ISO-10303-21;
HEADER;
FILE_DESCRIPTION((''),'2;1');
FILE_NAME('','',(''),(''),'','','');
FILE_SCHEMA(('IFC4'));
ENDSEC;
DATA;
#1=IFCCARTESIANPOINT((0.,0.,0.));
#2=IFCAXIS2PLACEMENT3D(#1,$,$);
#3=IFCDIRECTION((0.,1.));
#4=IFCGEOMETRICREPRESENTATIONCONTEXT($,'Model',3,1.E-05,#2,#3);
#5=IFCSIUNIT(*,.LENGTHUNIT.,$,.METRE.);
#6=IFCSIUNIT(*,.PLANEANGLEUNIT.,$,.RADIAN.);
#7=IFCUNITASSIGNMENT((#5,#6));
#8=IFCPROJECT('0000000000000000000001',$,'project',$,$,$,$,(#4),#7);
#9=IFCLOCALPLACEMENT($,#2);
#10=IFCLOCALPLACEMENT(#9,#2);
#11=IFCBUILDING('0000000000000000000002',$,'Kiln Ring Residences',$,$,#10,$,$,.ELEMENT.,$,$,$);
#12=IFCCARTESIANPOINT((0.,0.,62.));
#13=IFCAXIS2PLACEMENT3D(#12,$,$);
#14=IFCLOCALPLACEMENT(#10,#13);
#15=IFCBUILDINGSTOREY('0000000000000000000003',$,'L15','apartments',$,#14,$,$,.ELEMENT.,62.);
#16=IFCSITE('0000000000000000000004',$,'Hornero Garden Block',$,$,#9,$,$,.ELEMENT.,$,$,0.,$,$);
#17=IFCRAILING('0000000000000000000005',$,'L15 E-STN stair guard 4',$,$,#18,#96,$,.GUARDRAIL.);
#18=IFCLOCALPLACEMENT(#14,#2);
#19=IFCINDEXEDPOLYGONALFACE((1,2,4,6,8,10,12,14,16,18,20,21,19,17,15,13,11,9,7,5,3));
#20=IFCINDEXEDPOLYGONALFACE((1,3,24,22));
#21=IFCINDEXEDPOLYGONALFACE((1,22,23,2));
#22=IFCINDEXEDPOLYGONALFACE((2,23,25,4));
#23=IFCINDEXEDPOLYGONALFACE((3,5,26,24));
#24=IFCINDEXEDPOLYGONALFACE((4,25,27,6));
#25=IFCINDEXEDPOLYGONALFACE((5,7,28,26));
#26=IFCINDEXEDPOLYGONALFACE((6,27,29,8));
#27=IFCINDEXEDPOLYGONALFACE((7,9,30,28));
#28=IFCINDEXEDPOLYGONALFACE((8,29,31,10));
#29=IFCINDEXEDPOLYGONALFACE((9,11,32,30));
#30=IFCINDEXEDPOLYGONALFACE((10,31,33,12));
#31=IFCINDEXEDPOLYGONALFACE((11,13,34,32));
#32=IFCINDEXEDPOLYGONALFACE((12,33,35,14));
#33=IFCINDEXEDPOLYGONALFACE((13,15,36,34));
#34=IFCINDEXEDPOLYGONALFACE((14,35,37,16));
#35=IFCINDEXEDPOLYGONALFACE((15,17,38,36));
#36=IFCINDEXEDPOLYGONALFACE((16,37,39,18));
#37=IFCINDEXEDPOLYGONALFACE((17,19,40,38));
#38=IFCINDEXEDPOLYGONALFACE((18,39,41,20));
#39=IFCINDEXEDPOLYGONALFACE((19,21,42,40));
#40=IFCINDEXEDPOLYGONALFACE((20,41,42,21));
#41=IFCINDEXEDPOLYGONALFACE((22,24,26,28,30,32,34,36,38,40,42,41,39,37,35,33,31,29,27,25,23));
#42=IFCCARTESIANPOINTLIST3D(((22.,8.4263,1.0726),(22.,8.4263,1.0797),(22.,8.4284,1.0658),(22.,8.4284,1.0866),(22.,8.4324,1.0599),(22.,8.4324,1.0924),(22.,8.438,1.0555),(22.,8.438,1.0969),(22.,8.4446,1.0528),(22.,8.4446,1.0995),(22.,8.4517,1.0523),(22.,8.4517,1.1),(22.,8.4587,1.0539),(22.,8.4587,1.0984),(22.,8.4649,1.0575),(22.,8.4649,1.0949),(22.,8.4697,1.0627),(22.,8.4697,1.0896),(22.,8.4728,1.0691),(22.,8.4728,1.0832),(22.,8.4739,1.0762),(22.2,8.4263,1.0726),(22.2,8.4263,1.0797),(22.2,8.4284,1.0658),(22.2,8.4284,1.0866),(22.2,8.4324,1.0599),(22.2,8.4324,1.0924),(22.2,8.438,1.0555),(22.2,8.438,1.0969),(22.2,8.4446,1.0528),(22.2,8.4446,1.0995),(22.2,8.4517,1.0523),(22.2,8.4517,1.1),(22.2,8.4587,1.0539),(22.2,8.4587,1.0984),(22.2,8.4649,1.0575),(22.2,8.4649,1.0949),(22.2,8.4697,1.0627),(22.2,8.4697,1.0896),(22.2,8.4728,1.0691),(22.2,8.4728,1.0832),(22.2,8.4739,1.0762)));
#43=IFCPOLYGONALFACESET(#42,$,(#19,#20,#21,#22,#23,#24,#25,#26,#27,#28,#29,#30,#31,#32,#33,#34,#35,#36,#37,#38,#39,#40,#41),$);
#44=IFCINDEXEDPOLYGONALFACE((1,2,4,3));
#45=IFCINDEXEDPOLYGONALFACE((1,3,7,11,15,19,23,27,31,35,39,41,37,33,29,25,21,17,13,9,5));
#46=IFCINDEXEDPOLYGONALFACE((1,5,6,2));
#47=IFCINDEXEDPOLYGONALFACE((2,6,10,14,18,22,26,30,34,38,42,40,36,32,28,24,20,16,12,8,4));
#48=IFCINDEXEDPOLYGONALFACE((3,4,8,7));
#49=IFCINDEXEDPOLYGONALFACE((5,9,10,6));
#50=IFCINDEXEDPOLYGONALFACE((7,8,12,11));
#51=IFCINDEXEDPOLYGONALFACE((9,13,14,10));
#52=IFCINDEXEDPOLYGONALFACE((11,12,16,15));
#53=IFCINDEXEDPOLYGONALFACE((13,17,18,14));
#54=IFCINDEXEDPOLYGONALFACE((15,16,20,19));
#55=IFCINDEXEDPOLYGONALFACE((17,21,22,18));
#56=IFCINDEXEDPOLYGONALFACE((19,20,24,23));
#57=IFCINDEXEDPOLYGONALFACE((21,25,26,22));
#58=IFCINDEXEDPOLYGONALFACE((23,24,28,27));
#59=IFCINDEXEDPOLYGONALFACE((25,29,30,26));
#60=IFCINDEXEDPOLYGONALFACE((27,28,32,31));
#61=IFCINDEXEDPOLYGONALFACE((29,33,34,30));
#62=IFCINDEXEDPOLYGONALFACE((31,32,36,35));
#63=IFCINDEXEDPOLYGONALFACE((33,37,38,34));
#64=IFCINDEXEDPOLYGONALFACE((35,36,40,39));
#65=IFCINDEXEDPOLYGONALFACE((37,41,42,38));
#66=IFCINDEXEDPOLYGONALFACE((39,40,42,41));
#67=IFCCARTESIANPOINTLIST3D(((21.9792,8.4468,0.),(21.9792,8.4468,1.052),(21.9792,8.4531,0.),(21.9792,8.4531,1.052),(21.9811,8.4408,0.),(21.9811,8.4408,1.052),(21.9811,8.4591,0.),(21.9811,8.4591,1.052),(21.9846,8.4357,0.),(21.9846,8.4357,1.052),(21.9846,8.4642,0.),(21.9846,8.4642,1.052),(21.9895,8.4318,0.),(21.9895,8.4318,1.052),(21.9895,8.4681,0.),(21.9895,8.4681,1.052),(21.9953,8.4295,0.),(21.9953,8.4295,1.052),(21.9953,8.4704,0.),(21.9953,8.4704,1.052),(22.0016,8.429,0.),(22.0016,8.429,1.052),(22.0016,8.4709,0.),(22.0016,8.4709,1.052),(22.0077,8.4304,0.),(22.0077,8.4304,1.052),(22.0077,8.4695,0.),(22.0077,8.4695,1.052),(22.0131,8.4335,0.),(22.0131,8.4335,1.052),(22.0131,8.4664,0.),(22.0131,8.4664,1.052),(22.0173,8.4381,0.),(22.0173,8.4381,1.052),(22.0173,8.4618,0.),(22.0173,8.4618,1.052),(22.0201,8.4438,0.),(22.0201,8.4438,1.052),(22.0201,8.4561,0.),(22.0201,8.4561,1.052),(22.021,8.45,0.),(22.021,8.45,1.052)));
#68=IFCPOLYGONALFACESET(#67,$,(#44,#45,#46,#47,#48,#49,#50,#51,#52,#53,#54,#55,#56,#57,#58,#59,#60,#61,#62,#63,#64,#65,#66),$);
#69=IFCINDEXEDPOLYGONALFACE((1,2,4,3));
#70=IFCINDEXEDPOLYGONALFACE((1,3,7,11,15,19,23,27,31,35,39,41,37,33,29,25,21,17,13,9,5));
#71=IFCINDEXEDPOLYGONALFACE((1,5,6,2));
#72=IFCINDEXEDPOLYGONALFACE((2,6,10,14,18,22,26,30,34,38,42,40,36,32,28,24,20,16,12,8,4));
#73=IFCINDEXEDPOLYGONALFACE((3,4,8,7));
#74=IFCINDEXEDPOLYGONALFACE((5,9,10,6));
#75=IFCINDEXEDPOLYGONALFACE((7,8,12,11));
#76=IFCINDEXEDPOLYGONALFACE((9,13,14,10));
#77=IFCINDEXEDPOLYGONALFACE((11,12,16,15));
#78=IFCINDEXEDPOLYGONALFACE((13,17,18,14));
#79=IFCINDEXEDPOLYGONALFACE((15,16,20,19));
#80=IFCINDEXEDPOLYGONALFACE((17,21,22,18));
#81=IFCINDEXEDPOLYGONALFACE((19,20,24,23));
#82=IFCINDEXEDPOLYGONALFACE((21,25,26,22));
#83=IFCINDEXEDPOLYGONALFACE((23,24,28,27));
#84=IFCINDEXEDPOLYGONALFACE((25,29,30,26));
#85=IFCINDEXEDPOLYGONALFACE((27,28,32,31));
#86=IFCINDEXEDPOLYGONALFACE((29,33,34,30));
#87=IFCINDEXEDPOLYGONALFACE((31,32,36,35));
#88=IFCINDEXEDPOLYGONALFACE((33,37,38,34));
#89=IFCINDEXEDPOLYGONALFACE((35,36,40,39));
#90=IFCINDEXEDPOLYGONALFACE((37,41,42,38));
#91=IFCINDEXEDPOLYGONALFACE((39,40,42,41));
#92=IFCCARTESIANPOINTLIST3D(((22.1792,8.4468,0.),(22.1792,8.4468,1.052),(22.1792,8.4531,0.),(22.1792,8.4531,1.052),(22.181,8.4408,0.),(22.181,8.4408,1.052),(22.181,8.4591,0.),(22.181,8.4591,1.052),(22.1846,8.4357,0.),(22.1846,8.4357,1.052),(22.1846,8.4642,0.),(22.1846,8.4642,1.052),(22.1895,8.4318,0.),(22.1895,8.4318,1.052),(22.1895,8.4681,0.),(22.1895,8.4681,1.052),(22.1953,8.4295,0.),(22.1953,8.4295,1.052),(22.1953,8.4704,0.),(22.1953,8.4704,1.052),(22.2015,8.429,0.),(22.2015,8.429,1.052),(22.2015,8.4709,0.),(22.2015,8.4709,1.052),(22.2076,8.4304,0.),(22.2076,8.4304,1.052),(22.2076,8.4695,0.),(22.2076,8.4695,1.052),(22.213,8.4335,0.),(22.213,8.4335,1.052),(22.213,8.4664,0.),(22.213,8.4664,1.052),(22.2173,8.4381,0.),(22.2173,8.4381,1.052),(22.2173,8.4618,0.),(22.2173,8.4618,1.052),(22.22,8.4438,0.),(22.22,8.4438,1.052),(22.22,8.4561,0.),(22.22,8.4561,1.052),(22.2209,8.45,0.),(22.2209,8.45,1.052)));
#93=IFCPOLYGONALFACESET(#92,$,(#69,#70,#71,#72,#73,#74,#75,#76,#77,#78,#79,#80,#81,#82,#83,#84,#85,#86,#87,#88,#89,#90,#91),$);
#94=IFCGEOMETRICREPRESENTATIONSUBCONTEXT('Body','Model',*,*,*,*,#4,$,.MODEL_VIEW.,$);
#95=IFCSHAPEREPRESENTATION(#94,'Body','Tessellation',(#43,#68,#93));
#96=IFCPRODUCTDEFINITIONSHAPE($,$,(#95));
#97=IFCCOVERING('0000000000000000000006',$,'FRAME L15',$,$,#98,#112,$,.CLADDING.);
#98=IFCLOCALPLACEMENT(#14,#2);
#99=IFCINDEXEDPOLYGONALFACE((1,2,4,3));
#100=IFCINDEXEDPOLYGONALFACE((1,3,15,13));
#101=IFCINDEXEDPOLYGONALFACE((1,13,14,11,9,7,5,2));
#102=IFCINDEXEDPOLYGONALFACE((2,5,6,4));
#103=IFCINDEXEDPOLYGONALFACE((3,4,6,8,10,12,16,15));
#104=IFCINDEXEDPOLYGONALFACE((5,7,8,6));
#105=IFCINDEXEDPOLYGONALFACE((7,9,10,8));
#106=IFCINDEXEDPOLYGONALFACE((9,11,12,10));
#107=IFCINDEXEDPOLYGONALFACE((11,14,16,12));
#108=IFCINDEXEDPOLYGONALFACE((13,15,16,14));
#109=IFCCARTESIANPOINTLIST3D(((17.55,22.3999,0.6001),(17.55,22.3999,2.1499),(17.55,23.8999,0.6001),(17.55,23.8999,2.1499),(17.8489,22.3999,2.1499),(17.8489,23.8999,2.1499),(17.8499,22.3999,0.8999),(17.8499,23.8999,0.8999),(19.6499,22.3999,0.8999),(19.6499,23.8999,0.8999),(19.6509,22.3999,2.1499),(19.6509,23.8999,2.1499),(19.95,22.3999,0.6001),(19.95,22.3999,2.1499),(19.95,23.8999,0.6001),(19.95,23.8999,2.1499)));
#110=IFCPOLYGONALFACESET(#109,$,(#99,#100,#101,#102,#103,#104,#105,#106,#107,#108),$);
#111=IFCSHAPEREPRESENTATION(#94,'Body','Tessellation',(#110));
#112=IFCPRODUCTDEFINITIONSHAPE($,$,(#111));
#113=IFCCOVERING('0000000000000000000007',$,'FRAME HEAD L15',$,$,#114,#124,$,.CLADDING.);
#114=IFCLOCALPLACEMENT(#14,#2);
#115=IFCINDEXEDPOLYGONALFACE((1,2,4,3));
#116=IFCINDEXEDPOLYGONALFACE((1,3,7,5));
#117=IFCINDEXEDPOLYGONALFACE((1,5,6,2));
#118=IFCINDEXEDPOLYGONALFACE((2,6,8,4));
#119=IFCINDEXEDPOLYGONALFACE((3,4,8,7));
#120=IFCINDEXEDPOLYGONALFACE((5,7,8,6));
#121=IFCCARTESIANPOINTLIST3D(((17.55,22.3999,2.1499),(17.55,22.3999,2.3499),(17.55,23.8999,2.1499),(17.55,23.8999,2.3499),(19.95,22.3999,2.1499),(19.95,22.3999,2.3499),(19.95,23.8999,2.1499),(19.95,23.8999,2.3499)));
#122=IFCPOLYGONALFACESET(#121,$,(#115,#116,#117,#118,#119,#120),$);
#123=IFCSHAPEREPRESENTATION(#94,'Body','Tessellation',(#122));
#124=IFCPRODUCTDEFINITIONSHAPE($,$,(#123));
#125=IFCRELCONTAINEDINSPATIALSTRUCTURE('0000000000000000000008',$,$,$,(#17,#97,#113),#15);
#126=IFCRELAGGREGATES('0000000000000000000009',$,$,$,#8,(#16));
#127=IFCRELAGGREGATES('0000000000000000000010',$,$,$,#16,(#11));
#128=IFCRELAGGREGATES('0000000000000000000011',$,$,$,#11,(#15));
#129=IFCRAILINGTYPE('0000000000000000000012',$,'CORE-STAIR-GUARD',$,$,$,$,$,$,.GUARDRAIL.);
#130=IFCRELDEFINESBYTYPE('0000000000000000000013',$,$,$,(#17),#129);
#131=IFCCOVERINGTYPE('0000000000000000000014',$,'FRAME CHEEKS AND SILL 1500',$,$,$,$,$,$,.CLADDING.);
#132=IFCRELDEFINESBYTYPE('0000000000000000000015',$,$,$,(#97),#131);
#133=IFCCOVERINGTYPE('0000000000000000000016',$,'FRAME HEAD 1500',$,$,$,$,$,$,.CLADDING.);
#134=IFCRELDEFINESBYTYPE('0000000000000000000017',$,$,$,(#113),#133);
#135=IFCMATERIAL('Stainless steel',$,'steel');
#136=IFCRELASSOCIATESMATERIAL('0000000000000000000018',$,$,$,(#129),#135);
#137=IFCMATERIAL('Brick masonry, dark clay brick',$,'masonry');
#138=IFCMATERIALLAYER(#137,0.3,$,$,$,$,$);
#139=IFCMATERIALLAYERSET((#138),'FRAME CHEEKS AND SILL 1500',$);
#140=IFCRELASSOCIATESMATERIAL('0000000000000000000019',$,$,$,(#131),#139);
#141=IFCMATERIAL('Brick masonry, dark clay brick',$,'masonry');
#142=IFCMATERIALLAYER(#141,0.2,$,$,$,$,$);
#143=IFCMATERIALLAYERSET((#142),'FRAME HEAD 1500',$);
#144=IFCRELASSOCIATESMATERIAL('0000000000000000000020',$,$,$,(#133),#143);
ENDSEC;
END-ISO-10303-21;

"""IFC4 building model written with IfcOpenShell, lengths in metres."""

from ifc_helpers import new_model, si_unit, direction, frame, origin, origin_2d, place, context, subcontext, project, spatial, polyline, rectangle, circle, outline, extrude, material, layer, layer_set, type_object, element, save


model = new_model("IFC4")

# Units and contexts
model_context = context("Model", 3, precision=1e-05, world=origin(), true_north=direction((0.0, 1.0)))
body_context = subcontext(model_context, "Body", "Model", "MODEL_VIEW")
ifc_project = project(units=[si_unit("LENGTHUNIT", "METRE"), si_unit("PLANEANGLEUNIT", "RADIAN")], contexts=[model_context])

# Site, building, storey
site_placement = place(None, origin())
site = spatial("IfcSite", under=ifc_project, at=site_placement, Name="Hornero Garden Block", CompositionType="ELEMENT", RefElevation=0.0)
building_placement = place(site_placement, origin())
building = spatial("IfcBuilding", under=site, at=building_placement, Name="Kiln Ring Residences", CompositionType="ELEMENT")
storey_placement = place(building_placement, frame((0.0, 0.0, 62.0)))
storey = spatial("IfcBuildingStorey", under=building, at=storey_placement, Name="L15", Description="apartments", CompositionType="ELEMENT", Elevation=62.0)

# Railing
ifc_material_1 = material(Name="Stainless steel", Category="steel")
railing_type = type_object("IfcRailingType", Name="CORE-STAIR-GUARD", PredefinedType="GUARDRAIL", material=ifc_material_1)
railing_1_placement = place(storey_placement, frame((22.0, 8.45, 0.0)))
element("IfcRailing", 1, at=railing_1_placement, inside=storey, type_object=railing_type, Name="L15 E-STN stair guard 4", PredefinedType="GUARDRAIL", context=body_context, shape_type="SweptSolid", body=[
    extrude(circle(Radius=0.0239, at=origin_2d()), frame((0.0, 0.0, 1.0762), z_axis=(1.0, 0.0, 0.0), x_axis=(0.0, 1.0, 0.0)), (0.0, 0.0, 1.0), 0.2),
    extrude(circle(Radius=0.021, at=origin_2d()), origin(), (0.0, 0.0, 1.0), 1.052),
    extrude(circle(Radius=0.021, at=origin_2d()), frame((0.2, 0.0, 0.0)), (0.0, 0.0, 1.0), 1.052),
])

# Coverings
ifc_material_2 = material(Name="Brick masonry, dark clay brick", Category="masonry")
ifc_layer_1 = layer(ifc_material_2, 0.3)
ifc_layer_set_1 = layer_set([ifc_layer_1], Name="FRAME CHEEKS AND SILL 1500")
covering_type_1 = type_object("IfcCoveringType", Name="FRAME CHEEKS AND SILL 1500", PredefinedType="CLADDING", material=ifc_layer_set_1)
covering_1_placement = place(storey_placement, frame((19.95, 23.1499, 0.6001), z_axis=(0.0, 0.0, 1.0), x_axis=(-1.0, 0.0, 0.0)))
element("IfcCovering", 2, at=covering_1_placement, inside=storey, type_object=covering_type_1, Name="FRAME L15", PredefinedType="CLADDING", context=body_context, shape_type="SweptSolid", body=[
    extrude(outline(polyline([(0.0, 0.0), (2.3999, 0.0), (2.3999, 1.5498), (2.1011, 1.5498), (2.1001, 0.2998), (0.3, 0.2998), (0.2991, 1.5498), (0.0, 1.5498), (0.0, 0.0)])), frame((0.0, 0.75, 0.0), z_axis=(0.0, -1.0, 0.0), x_axis=(1.0, 0.0, 0.0)), (0.0, 0.0, 1.0), 1.5),
])
ifc_material_3 = material(Name="Brick masonry, dark clay brick", Category="masonry")
ifc_layer_2 = layer(ifc_material_3, 0.2)
ifc_layer_set_2 = layer_set([ifc_layer_2], Name="FRAME HEAD 1500")
covering_type_2 = type_object("IfcCoveringType", Name="FRAME HEAD 1500", PredefinedType="CLADDING", material=ifc_layer_set_2)
covering_2_placement = place(storey_placement, frame((18.75, 23.1499, 2.1499), z_axis=(0.0, 0.0, 1.0), x_axis=(-1.0, 0.0, 0.0)))
element("IfcCovering", 3, at=covering_2_placement, inside=storey, type_object=covering_type_2, Name="FRAME HEAD L15", PredefinedType="CLADDING", context=body_context, shape_type="SweptSolid", body=[
    extrude(rectangle(XDim=2.3999, YDim=1.5, at=origin_2d()), origin(), (0.0, 0.0, 1.0), 0.2),
])

save(model, "model.ifc")
